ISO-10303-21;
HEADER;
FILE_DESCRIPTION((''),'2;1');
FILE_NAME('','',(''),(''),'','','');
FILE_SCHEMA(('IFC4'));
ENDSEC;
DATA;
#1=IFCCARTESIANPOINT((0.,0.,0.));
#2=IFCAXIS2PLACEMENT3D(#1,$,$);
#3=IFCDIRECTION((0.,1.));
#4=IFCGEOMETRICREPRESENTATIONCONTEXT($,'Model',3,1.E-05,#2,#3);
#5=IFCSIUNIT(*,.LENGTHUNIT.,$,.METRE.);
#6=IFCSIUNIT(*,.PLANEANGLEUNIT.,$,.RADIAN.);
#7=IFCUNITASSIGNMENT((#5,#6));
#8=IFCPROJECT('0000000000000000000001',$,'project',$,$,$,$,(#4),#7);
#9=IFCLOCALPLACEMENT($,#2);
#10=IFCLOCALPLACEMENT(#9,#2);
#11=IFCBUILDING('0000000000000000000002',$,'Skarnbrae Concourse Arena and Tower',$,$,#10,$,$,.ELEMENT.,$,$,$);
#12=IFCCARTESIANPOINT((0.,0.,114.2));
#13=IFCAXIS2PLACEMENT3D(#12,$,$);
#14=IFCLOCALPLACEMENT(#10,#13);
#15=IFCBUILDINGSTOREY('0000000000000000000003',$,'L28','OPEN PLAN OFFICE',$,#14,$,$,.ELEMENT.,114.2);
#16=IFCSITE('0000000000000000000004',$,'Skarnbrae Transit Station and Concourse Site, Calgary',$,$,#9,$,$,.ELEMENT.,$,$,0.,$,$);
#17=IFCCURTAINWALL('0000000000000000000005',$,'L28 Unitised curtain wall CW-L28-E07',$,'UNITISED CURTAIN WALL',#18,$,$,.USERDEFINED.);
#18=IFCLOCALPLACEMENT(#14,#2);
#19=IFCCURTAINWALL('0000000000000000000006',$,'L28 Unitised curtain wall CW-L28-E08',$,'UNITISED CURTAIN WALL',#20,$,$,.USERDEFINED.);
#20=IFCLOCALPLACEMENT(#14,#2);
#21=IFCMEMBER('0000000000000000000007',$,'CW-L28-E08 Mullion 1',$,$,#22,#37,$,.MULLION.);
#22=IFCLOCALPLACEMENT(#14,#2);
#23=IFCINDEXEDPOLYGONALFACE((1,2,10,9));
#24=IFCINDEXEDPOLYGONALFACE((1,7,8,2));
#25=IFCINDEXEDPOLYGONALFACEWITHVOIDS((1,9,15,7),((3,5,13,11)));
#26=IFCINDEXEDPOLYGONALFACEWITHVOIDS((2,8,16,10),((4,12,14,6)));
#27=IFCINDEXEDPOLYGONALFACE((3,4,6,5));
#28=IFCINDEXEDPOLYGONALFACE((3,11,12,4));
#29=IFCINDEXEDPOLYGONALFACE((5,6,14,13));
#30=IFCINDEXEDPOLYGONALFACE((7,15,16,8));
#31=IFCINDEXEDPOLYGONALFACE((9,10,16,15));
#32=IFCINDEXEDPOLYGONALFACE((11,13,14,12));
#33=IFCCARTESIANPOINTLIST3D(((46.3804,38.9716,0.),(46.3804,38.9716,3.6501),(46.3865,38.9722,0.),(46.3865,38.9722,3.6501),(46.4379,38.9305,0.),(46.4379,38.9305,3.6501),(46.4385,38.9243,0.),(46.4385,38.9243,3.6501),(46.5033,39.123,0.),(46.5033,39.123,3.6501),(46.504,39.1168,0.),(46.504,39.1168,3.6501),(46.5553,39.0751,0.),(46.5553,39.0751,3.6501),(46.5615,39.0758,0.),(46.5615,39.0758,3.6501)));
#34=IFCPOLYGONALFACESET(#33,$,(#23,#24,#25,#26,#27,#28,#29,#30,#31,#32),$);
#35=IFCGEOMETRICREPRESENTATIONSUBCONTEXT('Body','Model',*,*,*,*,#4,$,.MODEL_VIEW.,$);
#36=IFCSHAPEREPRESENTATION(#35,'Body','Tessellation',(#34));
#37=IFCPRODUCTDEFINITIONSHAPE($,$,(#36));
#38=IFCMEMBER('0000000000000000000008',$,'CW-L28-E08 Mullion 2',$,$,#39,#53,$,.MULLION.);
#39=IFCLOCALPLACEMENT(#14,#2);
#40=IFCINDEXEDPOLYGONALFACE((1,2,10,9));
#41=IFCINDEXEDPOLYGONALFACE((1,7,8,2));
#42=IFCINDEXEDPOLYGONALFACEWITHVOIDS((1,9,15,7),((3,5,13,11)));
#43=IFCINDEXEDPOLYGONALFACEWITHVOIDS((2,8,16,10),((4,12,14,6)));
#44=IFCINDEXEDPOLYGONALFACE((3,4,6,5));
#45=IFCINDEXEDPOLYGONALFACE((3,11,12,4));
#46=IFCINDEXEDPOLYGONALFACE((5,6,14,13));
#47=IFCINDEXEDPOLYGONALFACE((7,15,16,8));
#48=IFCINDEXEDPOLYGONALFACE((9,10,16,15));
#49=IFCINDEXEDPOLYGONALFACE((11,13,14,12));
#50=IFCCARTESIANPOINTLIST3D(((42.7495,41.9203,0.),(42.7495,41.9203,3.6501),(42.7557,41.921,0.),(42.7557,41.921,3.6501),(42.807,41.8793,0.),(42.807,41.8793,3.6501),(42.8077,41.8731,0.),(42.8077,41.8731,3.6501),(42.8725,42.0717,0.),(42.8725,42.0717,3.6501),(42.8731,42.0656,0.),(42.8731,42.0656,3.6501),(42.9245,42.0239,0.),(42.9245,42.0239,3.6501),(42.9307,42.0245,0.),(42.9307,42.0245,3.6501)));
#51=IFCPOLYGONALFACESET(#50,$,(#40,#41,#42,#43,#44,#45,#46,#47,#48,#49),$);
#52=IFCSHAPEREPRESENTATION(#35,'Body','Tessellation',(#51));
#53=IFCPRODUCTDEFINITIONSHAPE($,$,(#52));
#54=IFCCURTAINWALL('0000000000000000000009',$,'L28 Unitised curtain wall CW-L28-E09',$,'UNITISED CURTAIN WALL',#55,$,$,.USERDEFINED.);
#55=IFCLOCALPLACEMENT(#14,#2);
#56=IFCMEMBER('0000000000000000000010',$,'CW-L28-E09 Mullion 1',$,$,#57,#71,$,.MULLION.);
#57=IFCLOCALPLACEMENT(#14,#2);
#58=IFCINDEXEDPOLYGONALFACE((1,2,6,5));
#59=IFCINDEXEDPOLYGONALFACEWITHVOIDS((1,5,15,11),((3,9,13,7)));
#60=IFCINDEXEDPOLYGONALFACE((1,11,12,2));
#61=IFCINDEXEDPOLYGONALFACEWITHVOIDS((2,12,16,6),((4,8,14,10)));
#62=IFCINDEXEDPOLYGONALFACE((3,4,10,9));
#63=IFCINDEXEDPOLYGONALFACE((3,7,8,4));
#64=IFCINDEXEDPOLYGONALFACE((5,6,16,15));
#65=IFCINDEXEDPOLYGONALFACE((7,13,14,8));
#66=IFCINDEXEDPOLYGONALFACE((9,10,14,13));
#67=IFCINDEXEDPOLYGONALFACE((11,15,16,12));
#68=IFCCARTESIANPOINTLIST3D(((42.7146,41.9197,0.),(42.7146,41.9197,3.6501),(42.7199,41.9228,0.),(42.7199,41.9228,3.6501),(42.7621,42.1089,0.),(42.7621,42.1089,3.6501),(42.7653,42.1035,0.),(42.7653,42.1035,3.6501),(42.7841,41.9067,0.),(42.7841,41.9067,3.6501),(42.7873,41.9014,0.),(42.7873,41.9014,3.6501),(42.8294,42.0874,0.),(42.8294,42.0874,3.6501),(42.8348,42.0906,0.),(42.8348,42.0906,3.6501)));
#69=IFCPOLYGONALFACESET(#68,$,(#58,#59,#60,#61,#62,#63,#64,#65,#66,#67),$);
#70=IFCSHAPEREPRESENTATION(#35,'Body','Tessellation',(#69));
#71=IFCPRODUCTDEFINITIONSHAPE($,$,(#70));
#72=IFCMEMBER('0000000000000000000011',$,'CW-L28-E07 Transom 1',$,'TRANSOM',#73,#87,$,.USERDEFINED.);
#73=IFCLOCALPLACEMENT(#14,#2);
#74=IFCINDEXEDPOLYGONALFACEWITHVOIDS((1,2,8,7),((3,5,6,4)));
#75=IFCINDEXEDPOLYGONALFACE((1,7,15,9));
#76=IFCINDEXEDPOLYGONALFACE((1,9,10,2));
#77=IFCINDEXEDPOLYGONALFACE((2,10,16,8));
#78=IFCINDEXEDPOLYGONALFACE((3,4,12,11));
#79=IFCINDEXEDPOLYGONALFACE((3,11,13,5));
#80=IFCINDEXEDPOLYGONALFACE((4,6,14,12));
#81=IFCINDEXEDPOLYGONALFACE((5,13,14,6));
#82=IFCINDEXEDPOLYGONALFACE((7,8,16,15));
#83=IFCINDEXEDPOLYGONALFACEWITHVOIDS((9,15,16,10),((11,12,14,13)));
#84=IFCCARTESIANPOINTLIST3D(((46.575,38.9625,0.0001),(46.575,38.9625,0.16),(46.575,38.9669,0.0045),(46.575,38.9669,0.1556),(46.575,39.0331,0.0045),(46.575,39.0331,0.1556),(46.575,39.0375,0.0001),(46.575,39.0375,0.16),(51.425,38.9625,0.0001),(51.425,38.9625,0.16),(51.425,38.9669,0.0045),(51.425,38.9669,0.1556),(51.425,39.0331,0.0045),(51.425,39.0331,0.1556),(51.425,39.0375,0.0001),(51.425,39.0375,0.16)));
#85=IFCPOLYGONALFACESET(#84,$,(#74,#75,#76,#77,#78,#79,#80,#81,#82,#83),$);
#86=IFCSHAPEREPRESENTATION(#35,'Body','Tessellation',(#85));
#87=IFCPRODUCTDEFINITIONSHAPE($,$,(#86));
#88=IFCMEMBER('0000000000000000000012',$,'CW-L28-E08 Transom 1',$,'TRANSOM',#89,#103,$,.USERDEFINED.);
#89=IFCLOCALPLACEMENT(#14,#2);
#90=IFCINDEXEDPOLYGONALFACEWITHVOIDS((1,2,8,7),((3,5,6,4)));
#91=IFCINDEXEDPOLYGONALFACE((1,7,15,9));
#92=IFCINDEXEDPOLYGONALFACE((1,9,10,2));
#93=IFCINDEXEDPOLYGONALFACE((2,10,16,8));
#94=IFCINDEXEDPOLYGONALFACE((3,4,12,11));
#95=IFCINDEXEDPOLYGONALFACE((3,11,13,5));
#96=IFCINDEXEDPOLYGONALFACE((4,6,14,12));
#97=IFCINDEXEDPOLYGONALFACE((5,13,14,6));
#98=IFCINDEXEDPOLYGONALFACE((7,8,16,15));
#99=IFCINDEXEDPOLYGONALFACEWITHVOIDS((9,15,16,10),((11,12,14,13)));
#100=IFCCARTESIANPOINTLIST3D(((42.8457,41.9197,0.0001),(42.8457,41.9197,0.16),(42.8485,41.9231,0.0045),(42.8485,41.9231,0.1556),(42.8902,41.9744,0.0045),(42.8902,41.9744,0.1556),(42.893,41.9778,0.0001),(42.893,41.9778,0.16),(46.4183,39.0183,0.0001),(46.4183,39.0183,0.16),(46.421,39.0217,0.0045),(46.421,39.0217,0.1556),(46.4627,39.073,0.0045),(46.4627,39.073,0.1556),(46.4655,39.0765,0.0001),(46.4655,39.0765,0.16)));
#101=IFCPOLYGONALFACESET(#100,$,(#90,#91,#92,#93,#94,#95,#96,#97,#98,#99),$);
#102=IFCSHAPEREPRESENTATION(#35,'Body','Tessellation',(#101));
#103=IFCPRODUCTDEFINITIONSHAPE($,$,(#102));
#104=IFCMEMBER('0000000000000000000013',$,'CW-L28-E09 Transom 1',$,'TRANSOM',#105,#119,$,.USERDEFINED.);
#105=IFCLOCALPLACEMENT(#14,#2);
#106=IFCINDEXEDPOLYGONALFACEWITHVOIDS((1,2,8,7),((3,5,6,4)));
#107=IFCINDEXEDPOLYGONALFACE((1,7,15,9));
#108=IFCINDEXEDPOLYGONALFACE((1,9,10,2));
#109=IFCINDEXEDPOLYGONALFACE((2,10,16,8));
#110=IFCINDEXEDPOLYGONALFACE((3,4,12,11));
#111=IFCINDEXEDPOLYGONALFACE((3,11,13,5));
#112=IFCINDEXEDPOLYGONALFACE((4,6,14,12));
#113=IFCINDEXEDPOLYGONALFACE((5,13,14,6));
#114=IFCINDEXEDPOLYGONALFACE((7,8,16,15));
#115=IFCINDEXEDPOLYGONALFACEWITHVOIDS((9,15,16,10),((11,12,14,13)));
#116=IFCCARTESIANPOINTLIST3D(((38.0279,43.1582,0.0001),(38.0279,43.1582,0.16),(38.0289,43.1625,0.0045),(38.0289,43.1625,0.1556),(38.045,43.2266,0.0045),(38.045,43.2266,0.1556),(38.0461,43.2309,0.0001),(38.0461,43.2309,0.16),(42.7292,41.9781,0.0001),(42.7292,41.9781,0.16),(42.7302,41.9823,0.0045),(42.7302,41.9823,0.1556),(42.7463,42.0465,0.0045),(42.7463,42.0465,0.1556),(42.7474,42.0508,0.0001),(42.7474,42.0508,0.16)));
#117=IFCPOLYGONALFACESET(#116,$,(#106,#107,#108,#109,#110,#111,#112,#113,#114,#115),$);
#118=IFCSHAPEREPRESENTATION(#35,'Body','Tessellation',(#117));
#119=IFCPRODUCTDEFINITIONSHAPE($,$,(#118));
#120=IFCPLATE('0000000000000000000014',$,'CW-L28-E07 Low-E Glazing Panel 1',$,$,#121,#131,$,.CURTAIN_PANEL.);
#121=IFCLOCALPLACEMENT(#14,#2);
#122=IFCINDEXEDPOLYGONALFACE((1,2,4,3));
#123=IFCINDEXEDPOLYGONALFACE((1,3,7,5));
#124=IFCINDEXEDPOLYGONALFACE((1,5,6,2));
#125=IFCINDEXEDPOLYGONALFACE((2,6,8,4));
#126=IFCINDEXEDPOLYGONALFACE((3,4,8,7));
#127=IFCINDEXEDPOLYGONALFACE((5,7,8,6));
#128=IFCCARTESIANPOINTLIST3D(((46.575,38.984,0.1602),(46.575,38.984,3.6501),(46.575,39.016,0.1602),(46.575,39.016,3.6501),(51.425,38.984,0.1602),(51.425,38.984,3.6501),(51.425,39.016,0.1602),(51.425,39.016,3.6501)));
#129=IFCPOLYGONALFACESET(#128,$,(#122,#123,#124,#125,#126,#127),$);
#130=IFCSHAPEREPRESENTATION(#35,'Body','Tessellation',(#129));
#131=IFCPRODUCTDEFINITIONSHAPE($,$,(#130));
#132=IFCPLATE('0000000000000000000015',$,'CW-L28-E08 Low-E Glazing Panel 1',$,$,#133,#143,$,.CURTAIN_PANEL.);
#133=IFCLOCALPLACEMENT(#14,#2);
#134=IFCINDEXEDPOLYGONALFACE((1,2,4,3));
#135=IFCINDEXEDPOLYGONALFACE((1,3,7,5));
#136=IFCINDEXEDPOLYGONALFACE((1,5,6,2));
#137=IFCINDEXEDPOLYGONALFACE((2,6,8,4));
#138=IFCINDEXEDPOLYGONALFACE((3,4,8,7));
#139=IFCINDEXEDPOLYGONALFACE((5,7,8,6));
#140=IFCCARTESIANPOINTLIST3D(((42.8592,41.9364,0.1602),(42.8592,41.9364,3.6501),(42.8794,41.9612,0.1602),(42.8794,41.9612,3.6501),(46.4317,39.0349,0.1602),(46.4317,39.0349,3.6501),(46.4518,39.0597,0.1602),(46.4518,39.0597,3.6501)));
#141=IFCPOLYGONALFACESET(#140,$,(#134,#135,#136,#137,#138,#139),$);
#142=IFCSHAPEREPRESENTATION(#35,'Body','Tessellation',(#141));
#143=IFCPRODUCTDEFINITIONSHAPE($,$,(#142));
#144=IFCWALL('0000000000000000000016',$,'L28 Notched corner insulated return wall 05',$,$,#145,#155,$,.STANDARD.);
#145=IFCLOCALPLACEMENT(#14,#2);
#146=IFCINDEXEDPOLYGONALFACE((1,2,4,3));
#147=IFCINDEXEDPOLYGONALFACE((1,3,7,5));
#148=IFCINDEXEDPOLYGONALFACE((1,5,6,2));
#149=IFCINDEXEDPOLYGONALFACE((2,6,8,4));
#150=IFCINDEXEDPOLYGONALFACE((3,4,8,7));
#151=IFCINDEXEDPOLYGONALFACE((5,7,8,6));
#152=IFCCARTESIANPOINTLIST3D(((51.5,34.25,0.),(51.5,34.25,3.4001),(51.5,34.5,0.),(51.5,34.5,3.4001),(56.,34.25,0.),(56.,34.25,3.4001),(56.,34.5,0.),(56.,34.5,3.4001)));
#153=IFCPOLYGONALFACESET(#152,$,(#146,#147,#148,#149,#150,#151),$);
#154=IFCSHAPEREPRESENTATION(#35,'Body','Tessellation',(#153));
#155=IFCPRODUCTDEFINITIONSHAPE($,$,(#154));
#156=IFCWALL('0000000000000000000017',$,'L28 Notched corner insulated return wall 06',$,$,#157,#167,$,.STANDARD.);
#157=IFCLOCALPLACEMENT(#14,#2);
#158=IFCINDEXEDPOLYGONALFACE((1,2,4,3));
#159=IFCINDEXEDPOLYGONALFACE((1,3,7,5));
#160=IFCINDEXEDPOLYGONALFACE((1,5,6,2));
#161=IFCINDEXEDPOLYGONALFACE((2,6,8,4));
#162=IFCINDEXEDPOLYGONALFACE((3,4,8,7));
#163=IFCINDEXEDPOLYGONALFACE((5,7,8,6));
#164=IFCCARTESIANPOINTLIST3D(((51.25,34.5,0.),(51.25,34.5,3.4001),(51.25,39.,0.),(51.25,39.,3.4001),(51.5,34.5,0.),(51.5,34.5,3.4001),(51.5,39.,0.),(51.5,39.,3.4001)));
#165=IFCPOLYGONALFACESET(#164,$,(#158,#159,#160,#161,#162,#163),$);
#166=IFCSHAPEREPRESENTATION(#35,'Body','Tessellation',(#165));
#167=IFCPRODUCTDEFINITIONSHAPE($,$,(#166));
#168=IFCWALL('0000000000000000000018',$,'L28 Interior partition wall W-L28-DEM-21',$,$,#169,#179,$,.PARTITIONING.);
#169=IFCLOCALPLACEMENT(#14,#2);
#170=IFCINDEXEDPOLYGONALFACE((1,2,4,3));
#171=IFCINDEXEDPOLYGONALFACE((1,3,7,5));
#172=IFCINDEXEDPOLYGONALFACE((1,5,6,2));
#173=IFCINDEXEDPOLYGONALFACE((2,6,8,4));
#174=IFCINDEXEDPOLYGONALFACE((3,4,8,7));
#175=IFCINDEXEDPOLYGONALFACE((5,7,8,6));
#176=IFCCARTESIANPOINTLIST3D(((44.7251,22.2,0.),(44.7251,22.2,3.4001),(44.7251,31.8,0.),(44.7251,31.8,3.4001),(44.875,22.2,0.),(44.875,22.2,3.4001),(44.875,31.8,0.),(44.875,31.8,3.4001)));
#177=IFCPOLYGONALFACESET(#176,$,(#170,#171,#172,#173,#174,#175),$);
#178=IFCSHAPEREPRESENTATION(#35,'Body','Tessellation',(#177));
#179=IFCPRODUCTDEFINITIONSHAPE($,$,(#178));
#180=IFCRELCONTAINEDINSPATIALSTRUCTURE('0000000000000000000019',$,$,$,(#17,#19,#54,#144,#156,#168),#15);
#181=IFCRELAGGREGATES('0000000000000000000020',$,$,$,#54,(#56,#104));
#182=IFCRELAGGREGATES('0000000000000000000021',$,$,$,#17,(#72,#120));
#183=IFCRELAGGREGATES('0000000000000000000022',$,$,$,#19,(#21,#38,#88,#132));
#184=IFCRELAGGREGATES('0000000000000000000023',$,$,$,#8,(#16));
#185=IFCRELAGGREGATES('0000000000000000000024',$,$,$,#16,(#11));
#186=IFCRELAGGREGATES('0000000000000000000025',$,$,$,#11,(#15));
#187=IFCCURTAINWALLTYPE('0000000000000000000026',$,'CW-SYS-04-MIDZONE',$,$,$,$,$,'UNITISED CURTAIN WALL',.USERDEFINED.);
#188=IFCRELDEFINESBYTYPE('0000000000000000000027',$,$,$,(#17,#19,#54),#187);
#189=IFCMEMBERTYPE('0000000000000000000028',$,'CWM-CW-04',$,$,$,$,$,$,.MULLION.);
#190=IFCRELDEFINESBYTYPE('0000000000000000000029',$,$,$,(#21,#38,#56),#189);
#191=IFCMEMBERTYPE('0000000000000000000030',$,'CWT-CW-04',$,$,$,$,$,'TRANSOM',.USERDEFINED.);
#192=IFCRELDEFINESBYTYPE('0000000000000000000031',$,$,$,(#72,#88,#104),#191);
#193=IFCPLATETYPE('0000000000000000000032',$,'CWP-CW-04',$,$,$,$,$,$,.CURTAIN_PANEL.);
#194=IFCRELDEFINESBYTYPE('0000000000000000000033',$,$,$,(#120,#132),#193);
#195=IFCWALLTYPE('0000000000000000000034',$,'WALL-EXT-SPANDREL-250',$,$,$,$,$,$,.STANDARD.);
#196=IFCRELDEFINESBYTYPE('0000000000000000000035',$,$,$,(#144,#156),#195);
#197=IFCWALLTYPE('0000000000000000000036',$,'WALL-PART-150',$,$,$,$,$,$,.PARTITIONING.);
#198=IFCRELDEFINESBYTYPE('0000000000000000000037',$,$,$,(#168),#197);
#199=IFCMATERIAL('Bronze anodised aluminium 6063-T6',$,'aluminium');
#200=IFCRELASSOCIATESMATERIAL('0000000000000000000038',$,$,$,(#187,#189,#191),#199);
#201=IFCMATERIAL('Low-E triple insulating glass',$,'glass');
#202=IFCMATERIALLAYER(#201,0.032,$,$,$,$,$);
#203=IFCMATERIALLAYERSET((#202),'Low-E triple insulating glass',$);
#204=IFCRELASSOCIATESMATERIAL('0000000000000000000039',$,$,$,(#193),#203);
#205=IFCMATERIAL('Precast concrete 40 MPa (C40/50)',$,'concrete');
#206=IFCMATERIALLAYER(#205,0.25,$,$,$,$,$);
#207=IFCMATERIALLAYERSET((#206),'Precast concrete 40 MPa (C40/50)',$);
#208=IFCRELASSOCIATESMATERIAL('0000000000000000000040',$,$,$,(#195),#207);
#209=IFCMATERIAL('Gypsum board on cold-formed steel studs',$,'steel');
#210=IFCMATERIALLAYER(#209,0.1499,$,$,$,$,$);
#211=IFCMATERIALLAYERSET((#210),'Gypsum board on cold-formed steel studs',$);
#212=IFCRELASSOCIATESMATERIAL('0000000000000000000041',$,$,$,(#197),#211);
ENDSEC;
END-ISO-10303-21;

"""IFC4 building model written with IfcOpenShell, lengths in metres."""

from ifc_helpers import new_model, si_unit, direction, frame, frame_2d, origin, origin_2d, place, context, subcontext, project, spatial, rectangle, hollow_rectangle, extrude, source, transform, mapped, material, layer, layer_set, material_profile, profile_set, type_object, element, aggregate, save


model = new_model("IFC4")

# Units and contexts
model_context = context("Model", 3, precision=1e-05, world=origin(), true_north=direction((0.0, 1.0)))
body_context = subcontext(model_context, "Body", "Model", "MODEL_VIEW")
ifc_project = project(units=[si_unit("LENGTHUNIT", "METRE"), si_unit("PLANEANGLEUNIT", "RADIAN")], contexts=[model_context])

# Site, building, storey
site_placement = place(None, origin())
site = spatial("IfcSite", under=ifc_project, at=site_placement, Name="Skarnbrae Transit Station and Concourse Site, Calgary", CompositionType="ELEMENT", RefElevation=0.0)
building_placement = place(site_placement, origin())
building = spatial("IfcBuilding", under=site, at=building_placement, Name="Skarnbrae Concourse Arena and Tower", CompositionType="ELEMENT")
storey_placement = place(building_placement, frame((0.0, 0.0, 114.2)))
storey = spatial("IfcBuildingStorey", under=building, at=storey_placement, Name="L28", Description="OPEN PLAN OFFICE", CompositionType="ELEMENT", Elevation=114.2)

# Shared definitions
ifc_material_1 = material(Name="Bronze anodised aluminium 6063-T6", Category="aluminium")
curtain_wall_type = type_object("IfcCurtainWallType", Name="CW-SYS-04-MIDZONE", ElementType="UNITISED CURTAIN WALL", PredefinedType="USERDEFINED", material=ifc_material_1)
ifc_material_profile_1 = material_profile(ifc_material_1, hollow_rectangle(XDim=0.075, YDim=0.1951, WallThickness=0.0044, at=origin_2d()), Name="ALU-MULL-75X195")
ifc_profile_set_1 = profile_set([ifc_material_profile_1], Name="Bronze anodised aluminium 6063-T6")
member_type_1 = type_object("IfcMemberType", Name="CWM-CW-04", PredefinedType="MULLION", material=ifc_profile_set_1)
shared_shape_1 = source(origin(), body_context, "Body", "SweptSolid", [
    extrude(hollow_rectangle(XDim=0.075, YDim=0.1951, WallThickness=0.0044, at=origin_2d()), origin(), (0.0, 0.0, 1.0), 3.6501),
])

# Curtain walls, members
curtain_wall_1_placement = place(storey_placement, origin())
curtain_wall_1 = element("IfcCurtainWall", 1, at=curtain_wall_1_placement, inside=storey, type_object=curtain_wall_type, Name="L28 Unitised curtain wall CW-L28-E07", ObjectType="UNITISED CURTAIN WALL", PredefinedType="USERDEFINED")
curtain_wall_2_placement = place(storey_placement, origin())
curtain_wall_2 = element("IfcCurtainWall", 2, at=curtain_wall_2_placement, inside=storey, type_object=curtain_wall_type, Name="L28 Unitised curtain wall CW-L28-E08", ObjectType="UNITISED CURTAIN WALL", PredefinedType="USERDEFINED")
member_1_placement = place(storey_placement, frame((46.4709, 39.0237, 0.0), z_axis=(0.0, 0.0, 1.0), x_axis=(-0.776241, 0.630436, 0.0)))
member_1 = element("IfcMember", 3, at=member_1_placement, type_object=member_type_1, Name="CW-L28-E08 Mullion 1", PredefinedType="MULLION", context=body_context, shape_type="MappedRepresentation", body=[
    mapped(shared_shape_1, transform((0.0, 0.0, 0.0))),
])
member_2_placement = place(storey_placement, frame((42.8401, 41.9724, 0.0), z_axis=(0.0, 0.0, 1.0), x_axis=(-0.776241, 0.630436, 0.0)))
member_2 = element("IfcMember", 4, at=member_2_placement, type_object=member_type_1, Name="CW-L28-E08 Mullion 2", PredefinedType="MULLION", context=body_context, shape_type="MappedRepresentation", body=[
    mapped(shared_shape_1, transform((0.0, 0.0, 0.0))),
])

# Curtain wall, member
curtain_wall_3_placement = place(storey_placement, origin())
curtain_wall_3 = element("IfcCurtainWall", 5, at=curtain_wall_3_placement, inside=storey, type_object=curtain_wall_type, Name="L28 Unitised curtain wall CW-L28-E09", ObjectType="UNITISED CURTAIN WALL", PredefinedType="USERDEFINED")
member_3_placement = place(storey_placement, frame((42.7747, 42.0051, 0.0), z_axis=(0.0, 0.0, 1.0), x_axis=(-0.969903, 0.243491, 0.0)))
member_3 = element("IfcMember", 6, at=member_3_placement, type_object=member_type_1, Name="CW-L28-E09 Mullion 1", PredefinedType="MULLION", context=body_context, shape_type="MappedRepresentation", body=[
    mapped(shared_shape_1, transform((0.0, 0.0, 0.0))),
])

# Members
ifc_material_profile_2 = material_profile(ifc_material_1, hollow_rectangle(XDim=0.075, YDim=0.1599, WallThickness=0.0044, at=origin_2d()), Name="ALU-TRAN-75X160")
ifc_profile_set_2 = profile_set([ifc_material_profile_2], Name="Bronze anodised aluminium 6063-T6")
member_type_2 = type_object("IfcMemberType", Name="CWT-CW-04", ElementType="TRANSOM", PredefinedType="USERDEFINED", material=ifc_profile_set_2)
shared_shape_2 = source(origin(), body_context, "Body", "SweptSolid", [
    extrude(hollow_rectangle(XDim=0.075, YDim=0.1599, WallThickness=0.0044, at=origin_2d()), origin(), (0.0, 0.0, 1.0), 4.8501),
])
member_4_placement = place(storey_placement, frame((51.425, 39.0, 0.0801), z_axis=(-1.0, 0.0, 0.0), x_axis=(0.0, -1.0, 0.0)))
member_4 = element("IfcMember", 7, at=member_4_placement, type_object=member_type_2, Name="CW-L28-E07 Transom 1", ObjectType="TRANSOM", PredefinedType="USERDEFINED", context=body_context, shape_type="MappedRepresentation", body=[
    mapped(shared_shape_2, transform((0.0, 0.0, 0.0))),
])
shared_shape_3 = source(origin(), body_context, "Body", "SweptSolid", [
    extrude(hollow_rectangle(XDim=0.075, YDim=0.1599, WallThickness=0.0044, at=origin_2d()), origin(), (0.0, 0.0, 1.0), 4.6023),
])
member_5_placement = place(storey_placement, frame((46.4419, 39.0474, 0.0801), z_axis=(-0.776252, 0.630423, 0.0), x_axis=(-0.630423, -0.776252, 0.0)))
member_5 = element("IfcMember", 8, at=member_5_placement, type_object=member_type_2, Name="CW-L28-E08 Transom 1", ObjectType="TRANSOM", PredefinedType="USERDEFINED", context=body_context, shape_type="MappedRepresentation", body=[
    mapped(shared_shape_3, transform((0.0, 0.0, 0.0))),
])
shared_shape_4 = source(origin(), body_context, "Body", "SweptSolid", [
    extrude(hollow_rectangle(XDim=0.075, YDim=0.1599, WallThickness=0.0044, at=origin_2d()), origin(), (0.0, 0.0, 1.0), 4.8472),
])
member_6_placement = place(storey_placement, frame((42.7383, 42.0144, 0.0801), z_axis=(-0.969908, 0.243472, 0.0), x_axis=(-0.243472, -0.969908, 0.0)))
member_6 = element("IfcMember", 9, at=member_6_placement, type_object=member_type_2, Name="CW-L28-E09 Transom 1", ObjectType="TRANSOM", PredefinedType="USERDEFINED", context=body_context, shape_type="MappedRepresentation", body=[
    mapped(shared_shape_4, transform((0.0, 0.0, 0.0))),
])
aggregate(curtain_wall_3, [member_3, member_6])

# Plates
ifc_material_2 = material(Name="Low-E triple insulating glass", Category="glass")
ifc_layer_1 = layer(ifc_material_2, 0.032)
ifc_layer_set_1 = layer_set([ifc_layer_1], Name="Low-E triple insulating glass")
plate_type = type_object("IfcPlateType", Name="CWP-CW-04", PredefinedType="CURTAIN_PANEL", material=ifc_layer_set_1)
shared_shape_5 = source(origin(), body_context, "Body", "SweptSolid", [
    extrude(rectangle(XDim=4.8501, YDim=0.032, at=origin_2d()), origin(), (0.0, 0.0, 1.0), 3.49),
])
plate_1_placement = place(storey_placement, frame((49.0, 39.0, 0.1602), z_axis=(0.0, 0.0, 1.0), x_axis=(-1.0, 0.0, 0.0)))
plate_1 = element("IfcPlate", 10, at=plate_1_placement, type_object=plate_type, Name="CW-L28-E07 Low-E Glazing Panel 1", PredefinedType="CURTAIN_PANEL", context=body_context, shape_type="MappedRepresentation", body=[
    mapped(shared_shape_5, transform((0.0, 0.0, 0.0))),
])
aggregate(curtain_wall_1, [member_4, plate_1])
shared_shape_6 = source(origin(), body_context, "Body", "SweptSolid", [
    extrude(rectangle(XDim=4.6023, YDim=0.032, at=origin_2d()), origin(), (0.0, 0.0, 1.0), 3.49),
])
plate_2_placement = place(storey_placement, frame((44.6555, 40.498, 0.1602), z_axis=(0.0, 0.0, 1.0), x_axis=(-0.776241, 0.630436, 0.0)))
plate_2 = element("IfcPlate", 11, at=plate_2_placement, type_object=plate_type, Name="CW-L28-E08 Low-E Glazing Panel 1", PredefinedType="CURTAIN_PANEL", context=body_context, shape_type="MappedRepresentation", body=[
    mapped(shared_shape_6, transform((0.0, 0.0, 0.0))),
])
aggregate(curtain_wall_2, [member_1, member_2, member_5, plate_2])

# Walls
ifc_material_3 = material(Name="Precast concrete 40 MPa (C40/50)", Category="concrete")
ifc_layer_2 = layer(ifc_material_3, 0.25)
ifc_layer_set_2 = layer_set([ifc_layer_2], Name="Precast concrete 40 MPa (C40/50)")
wall_type_1 = type_object("IfcWallType", Name="WALL-EXT-SPANDREL-250", PredefinedType="STANDARD", material=ifc_layer_set_2)
shared_shape_7 = source(origin(), body_context, "Body", "SweptSolid", [
    extrude(rectangle(XDim=4.5, YDim=0.25, at=frame_2d((2.25, 0.0))), origin(), (0.0, 0.0, 1.0), 3.4001),
])
for number, where, z_axis, x_axis, name in (
    (12, (56.0, 34.375, 0.0), (0.0, 0.0, 1.0), (-1.0, 0.0, 0.0), "L28 Notched corner insulated return wall 05"),
    (13, (51.375, 34.5, 0.0), (0.0, 0.0, 1.0), (0.0, 1.0, 0.0), "L28 Notched corner insulated return wall 06"),
):
    element("IfcWall", number, at=place(storey_placement, frame(where, z_axis=z_axis, x_axis=x_axis)), inside=storey, type_object=wall_type_1, Name=name, PredefinedType="STANDARD", context=body_context, shape_type="MappedRepresentation", body=[
        mapped(shared_shape_7, transform((0.0, 0.0, 0.0))),
    ])
ifc_material_4 = material(Name="Gypsum board on cold-formed steel studs", Category="steel")
ifc_layer_3 = layer(ifc_material_4, 0.1499)
ifc_layer_set_3 = layer_set([ifc_layer_3], Name="Gypsum board on cold-formed steel studs")
wall_type_2 = type_object("IfcWallType", Name="WALL-PART-150", PredefinedType="PARTITIONING", material=ifc_layer_set_3)
shared_shape_8 = source(origin(), body_context, "Body", "SweptSolid", [
    extrude(rectangle(XDim=9.6001, YDim=0.1499, at=frame_2d((4.8, 0.0))), origin(), (0.0, 0.0, 1.0), 3.4001),
])
wall_1_placement = place(storey_placement, frame((44.8, 31.8, 0.0), z_axis=(0.0, 0.0, 1.0), x_axis=(0.0, -1.0, 0.0)))
element("IfcWall", 14, at=wall_1_placement, inside=storey, type_object=wall_type_2, Name="L28 Interior partition wall W-L28-DEM-21", PredefinedType="PARTITIONING", context=body_context, shape_type="MappedRepresentation", body=[
    mapped(shared_shape_8, transform((0.0, 0.0, 0.0))),
])

save(model, "model.ifc")
